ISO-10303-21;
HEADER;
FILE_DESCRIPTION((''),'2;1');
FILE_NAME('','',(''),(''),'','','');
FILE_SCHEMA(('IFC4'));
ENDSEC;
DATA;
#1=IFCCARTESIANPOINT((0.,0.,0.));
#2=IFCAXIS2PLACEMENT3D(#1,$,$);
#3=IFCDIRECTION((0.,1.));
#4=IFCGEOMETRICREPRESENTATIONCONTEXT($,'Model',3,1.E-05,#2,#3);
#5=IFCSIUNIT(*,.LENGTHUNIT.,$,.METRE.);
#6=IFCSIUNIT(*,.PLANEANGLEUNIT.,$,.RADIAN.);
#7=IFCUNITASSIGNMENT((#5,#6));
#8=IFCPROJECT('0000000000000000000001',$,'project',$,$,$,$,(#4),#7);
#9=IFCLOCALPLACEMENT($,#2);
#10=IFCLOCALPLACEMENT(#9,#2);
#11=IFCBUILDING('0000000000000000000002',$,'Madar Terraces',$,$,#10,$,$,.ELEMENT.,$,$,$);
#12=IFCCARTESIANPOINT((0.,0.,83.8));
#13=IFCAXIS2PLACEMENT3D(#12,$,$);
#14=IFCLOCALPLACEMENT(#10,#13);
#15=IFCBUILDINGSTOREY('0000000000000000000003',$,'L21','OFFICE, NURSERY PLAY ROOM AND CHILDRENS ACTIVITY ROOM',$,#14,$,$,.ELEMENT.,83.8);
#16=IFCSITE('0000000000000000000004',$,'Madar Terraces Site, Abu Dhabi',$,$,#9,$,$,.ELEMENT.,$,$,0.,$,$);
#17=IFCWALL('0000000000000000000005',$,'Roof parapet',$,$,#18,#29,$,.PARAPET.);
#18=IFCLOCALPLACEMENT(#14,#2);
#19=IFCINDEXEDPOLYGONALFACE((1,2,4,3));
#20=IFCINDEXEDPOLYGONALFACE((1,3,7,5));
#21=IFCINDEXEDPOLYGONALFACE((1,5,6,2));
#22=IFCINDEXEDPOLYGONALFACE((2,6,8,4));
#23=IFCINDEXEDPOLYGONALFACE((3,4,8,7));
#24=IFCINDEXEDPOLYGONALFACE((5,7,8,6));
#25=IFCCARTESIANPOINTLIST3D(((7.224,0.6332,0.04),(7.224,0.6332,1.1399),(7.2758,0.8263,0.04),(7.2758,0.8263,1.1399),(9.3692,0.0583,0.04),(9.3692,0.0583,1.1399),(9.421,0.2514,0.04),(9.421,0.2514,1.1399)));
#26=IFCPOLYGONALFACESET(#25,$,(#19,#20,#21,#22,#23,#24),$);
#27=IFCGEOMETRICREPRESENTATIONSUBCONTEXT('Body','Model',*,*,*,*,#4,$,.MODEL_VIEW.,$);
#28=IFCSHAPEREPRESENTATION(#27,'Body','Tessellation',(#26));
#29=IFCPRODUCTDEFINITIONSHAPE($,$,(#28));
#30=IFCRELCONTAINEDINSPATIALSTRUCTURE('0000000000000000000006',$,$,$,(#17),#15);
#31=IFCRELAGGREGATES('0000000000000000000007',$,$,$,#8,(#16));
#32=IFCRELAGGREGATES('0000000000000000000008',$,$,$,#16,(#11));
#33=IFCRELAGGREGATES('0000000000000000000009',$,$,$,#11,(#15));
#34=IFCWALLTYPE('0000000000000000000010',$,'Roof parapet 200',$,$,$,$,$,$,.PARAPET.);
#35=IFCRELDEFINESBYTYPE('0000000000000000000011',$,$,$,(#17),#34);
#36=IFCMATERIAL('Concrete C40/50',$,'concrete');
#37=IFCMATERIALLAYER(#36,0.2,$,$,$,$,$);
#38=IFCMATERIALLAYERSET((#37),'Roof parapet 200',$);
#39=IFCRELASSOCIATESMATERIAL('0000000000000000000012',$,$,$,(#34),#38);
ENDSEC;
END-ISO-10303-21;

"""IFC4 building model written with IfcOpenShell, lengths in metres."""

from ifc_helpers import new_model, si_unit, direction, frame, frame_2d, origin, place, context, subcontext, project, spatial, rectangle, extrude, material, layer, layer_set, type_object, element, save


model = new_model("IFC4")

# Units and contexts
model_context = context("Model", 3, precision=1e-05, world=origin(), true_north=direction((0.0, 1.0)))
body_context = subcontext(model_context, "Body", "Model", "MODEL_VIEW")
ifc_project = project(units=[si_unit("LENGTHUNIT", "METRE"), si_unit("PLANEANGLEUNIT", "RADIAN")], contexts=[model_context])

# Site, building, storey
site_placement = place(None, origin())
site = spatial("IfcSite", under=ifc_project, at=site_placement, Name="Madar Terraces Site, Abu Dhabi", CompositionType="ELEMENT", RefElevation=0.0)
building_placement = place(site_placement, origin())
building = spatial("IfcBuilding", under=site, at=building_placement, Name="Madar Terraces", CompositionType="ELEMENT")
storey_placement = place(building_placement, frame((0.0, 0.0, 83.8)))
storey = spatial("IfcBuildingStorey", under=building, at=storey_placement, Name="L21", Description="OFFICE, NURSERY PLAY ROOM AND CHILDRENS ACTIVITY ROOM", CompositionType="ELEMENT", Elevation=83.8)

# Wall
ifc_material_1 = material(Name="Concrete C40/50", Category="concrete")
ifc_layer_1 = layer(ifc_material_1, 0.2)
ifc_layer_set_1 = layer_set([ifc_layer_1], Name="Roof parapet 200")
wall_type = type_object("IfcWallType", Name="Roof parapet 200", PredefinedType="PARAPET", material=ifc_layer_set_1)
wall_placement = place(storey_placement, frame((7.25, 0.7297, 0.04), z_axis=(0.0, 0.0, 1.0), x_axis=(0.965911, -0.258873, 0.0)))
element("IfcWall", 1, at=wall_placement, inside=storey, type_object=wall_type, Name="Roof parapet", PredefinedType="PARAPET", context=body_context, shape_type="SweptSolid", body=[
    extrude(rectangle(XDim=2.2209, YDim=0.2, at=frame_2d((1.1104, 0.0))), origin(), (0.0, 0.0, 1.0), 1.0999),
])

save(model, "model.ifc")
